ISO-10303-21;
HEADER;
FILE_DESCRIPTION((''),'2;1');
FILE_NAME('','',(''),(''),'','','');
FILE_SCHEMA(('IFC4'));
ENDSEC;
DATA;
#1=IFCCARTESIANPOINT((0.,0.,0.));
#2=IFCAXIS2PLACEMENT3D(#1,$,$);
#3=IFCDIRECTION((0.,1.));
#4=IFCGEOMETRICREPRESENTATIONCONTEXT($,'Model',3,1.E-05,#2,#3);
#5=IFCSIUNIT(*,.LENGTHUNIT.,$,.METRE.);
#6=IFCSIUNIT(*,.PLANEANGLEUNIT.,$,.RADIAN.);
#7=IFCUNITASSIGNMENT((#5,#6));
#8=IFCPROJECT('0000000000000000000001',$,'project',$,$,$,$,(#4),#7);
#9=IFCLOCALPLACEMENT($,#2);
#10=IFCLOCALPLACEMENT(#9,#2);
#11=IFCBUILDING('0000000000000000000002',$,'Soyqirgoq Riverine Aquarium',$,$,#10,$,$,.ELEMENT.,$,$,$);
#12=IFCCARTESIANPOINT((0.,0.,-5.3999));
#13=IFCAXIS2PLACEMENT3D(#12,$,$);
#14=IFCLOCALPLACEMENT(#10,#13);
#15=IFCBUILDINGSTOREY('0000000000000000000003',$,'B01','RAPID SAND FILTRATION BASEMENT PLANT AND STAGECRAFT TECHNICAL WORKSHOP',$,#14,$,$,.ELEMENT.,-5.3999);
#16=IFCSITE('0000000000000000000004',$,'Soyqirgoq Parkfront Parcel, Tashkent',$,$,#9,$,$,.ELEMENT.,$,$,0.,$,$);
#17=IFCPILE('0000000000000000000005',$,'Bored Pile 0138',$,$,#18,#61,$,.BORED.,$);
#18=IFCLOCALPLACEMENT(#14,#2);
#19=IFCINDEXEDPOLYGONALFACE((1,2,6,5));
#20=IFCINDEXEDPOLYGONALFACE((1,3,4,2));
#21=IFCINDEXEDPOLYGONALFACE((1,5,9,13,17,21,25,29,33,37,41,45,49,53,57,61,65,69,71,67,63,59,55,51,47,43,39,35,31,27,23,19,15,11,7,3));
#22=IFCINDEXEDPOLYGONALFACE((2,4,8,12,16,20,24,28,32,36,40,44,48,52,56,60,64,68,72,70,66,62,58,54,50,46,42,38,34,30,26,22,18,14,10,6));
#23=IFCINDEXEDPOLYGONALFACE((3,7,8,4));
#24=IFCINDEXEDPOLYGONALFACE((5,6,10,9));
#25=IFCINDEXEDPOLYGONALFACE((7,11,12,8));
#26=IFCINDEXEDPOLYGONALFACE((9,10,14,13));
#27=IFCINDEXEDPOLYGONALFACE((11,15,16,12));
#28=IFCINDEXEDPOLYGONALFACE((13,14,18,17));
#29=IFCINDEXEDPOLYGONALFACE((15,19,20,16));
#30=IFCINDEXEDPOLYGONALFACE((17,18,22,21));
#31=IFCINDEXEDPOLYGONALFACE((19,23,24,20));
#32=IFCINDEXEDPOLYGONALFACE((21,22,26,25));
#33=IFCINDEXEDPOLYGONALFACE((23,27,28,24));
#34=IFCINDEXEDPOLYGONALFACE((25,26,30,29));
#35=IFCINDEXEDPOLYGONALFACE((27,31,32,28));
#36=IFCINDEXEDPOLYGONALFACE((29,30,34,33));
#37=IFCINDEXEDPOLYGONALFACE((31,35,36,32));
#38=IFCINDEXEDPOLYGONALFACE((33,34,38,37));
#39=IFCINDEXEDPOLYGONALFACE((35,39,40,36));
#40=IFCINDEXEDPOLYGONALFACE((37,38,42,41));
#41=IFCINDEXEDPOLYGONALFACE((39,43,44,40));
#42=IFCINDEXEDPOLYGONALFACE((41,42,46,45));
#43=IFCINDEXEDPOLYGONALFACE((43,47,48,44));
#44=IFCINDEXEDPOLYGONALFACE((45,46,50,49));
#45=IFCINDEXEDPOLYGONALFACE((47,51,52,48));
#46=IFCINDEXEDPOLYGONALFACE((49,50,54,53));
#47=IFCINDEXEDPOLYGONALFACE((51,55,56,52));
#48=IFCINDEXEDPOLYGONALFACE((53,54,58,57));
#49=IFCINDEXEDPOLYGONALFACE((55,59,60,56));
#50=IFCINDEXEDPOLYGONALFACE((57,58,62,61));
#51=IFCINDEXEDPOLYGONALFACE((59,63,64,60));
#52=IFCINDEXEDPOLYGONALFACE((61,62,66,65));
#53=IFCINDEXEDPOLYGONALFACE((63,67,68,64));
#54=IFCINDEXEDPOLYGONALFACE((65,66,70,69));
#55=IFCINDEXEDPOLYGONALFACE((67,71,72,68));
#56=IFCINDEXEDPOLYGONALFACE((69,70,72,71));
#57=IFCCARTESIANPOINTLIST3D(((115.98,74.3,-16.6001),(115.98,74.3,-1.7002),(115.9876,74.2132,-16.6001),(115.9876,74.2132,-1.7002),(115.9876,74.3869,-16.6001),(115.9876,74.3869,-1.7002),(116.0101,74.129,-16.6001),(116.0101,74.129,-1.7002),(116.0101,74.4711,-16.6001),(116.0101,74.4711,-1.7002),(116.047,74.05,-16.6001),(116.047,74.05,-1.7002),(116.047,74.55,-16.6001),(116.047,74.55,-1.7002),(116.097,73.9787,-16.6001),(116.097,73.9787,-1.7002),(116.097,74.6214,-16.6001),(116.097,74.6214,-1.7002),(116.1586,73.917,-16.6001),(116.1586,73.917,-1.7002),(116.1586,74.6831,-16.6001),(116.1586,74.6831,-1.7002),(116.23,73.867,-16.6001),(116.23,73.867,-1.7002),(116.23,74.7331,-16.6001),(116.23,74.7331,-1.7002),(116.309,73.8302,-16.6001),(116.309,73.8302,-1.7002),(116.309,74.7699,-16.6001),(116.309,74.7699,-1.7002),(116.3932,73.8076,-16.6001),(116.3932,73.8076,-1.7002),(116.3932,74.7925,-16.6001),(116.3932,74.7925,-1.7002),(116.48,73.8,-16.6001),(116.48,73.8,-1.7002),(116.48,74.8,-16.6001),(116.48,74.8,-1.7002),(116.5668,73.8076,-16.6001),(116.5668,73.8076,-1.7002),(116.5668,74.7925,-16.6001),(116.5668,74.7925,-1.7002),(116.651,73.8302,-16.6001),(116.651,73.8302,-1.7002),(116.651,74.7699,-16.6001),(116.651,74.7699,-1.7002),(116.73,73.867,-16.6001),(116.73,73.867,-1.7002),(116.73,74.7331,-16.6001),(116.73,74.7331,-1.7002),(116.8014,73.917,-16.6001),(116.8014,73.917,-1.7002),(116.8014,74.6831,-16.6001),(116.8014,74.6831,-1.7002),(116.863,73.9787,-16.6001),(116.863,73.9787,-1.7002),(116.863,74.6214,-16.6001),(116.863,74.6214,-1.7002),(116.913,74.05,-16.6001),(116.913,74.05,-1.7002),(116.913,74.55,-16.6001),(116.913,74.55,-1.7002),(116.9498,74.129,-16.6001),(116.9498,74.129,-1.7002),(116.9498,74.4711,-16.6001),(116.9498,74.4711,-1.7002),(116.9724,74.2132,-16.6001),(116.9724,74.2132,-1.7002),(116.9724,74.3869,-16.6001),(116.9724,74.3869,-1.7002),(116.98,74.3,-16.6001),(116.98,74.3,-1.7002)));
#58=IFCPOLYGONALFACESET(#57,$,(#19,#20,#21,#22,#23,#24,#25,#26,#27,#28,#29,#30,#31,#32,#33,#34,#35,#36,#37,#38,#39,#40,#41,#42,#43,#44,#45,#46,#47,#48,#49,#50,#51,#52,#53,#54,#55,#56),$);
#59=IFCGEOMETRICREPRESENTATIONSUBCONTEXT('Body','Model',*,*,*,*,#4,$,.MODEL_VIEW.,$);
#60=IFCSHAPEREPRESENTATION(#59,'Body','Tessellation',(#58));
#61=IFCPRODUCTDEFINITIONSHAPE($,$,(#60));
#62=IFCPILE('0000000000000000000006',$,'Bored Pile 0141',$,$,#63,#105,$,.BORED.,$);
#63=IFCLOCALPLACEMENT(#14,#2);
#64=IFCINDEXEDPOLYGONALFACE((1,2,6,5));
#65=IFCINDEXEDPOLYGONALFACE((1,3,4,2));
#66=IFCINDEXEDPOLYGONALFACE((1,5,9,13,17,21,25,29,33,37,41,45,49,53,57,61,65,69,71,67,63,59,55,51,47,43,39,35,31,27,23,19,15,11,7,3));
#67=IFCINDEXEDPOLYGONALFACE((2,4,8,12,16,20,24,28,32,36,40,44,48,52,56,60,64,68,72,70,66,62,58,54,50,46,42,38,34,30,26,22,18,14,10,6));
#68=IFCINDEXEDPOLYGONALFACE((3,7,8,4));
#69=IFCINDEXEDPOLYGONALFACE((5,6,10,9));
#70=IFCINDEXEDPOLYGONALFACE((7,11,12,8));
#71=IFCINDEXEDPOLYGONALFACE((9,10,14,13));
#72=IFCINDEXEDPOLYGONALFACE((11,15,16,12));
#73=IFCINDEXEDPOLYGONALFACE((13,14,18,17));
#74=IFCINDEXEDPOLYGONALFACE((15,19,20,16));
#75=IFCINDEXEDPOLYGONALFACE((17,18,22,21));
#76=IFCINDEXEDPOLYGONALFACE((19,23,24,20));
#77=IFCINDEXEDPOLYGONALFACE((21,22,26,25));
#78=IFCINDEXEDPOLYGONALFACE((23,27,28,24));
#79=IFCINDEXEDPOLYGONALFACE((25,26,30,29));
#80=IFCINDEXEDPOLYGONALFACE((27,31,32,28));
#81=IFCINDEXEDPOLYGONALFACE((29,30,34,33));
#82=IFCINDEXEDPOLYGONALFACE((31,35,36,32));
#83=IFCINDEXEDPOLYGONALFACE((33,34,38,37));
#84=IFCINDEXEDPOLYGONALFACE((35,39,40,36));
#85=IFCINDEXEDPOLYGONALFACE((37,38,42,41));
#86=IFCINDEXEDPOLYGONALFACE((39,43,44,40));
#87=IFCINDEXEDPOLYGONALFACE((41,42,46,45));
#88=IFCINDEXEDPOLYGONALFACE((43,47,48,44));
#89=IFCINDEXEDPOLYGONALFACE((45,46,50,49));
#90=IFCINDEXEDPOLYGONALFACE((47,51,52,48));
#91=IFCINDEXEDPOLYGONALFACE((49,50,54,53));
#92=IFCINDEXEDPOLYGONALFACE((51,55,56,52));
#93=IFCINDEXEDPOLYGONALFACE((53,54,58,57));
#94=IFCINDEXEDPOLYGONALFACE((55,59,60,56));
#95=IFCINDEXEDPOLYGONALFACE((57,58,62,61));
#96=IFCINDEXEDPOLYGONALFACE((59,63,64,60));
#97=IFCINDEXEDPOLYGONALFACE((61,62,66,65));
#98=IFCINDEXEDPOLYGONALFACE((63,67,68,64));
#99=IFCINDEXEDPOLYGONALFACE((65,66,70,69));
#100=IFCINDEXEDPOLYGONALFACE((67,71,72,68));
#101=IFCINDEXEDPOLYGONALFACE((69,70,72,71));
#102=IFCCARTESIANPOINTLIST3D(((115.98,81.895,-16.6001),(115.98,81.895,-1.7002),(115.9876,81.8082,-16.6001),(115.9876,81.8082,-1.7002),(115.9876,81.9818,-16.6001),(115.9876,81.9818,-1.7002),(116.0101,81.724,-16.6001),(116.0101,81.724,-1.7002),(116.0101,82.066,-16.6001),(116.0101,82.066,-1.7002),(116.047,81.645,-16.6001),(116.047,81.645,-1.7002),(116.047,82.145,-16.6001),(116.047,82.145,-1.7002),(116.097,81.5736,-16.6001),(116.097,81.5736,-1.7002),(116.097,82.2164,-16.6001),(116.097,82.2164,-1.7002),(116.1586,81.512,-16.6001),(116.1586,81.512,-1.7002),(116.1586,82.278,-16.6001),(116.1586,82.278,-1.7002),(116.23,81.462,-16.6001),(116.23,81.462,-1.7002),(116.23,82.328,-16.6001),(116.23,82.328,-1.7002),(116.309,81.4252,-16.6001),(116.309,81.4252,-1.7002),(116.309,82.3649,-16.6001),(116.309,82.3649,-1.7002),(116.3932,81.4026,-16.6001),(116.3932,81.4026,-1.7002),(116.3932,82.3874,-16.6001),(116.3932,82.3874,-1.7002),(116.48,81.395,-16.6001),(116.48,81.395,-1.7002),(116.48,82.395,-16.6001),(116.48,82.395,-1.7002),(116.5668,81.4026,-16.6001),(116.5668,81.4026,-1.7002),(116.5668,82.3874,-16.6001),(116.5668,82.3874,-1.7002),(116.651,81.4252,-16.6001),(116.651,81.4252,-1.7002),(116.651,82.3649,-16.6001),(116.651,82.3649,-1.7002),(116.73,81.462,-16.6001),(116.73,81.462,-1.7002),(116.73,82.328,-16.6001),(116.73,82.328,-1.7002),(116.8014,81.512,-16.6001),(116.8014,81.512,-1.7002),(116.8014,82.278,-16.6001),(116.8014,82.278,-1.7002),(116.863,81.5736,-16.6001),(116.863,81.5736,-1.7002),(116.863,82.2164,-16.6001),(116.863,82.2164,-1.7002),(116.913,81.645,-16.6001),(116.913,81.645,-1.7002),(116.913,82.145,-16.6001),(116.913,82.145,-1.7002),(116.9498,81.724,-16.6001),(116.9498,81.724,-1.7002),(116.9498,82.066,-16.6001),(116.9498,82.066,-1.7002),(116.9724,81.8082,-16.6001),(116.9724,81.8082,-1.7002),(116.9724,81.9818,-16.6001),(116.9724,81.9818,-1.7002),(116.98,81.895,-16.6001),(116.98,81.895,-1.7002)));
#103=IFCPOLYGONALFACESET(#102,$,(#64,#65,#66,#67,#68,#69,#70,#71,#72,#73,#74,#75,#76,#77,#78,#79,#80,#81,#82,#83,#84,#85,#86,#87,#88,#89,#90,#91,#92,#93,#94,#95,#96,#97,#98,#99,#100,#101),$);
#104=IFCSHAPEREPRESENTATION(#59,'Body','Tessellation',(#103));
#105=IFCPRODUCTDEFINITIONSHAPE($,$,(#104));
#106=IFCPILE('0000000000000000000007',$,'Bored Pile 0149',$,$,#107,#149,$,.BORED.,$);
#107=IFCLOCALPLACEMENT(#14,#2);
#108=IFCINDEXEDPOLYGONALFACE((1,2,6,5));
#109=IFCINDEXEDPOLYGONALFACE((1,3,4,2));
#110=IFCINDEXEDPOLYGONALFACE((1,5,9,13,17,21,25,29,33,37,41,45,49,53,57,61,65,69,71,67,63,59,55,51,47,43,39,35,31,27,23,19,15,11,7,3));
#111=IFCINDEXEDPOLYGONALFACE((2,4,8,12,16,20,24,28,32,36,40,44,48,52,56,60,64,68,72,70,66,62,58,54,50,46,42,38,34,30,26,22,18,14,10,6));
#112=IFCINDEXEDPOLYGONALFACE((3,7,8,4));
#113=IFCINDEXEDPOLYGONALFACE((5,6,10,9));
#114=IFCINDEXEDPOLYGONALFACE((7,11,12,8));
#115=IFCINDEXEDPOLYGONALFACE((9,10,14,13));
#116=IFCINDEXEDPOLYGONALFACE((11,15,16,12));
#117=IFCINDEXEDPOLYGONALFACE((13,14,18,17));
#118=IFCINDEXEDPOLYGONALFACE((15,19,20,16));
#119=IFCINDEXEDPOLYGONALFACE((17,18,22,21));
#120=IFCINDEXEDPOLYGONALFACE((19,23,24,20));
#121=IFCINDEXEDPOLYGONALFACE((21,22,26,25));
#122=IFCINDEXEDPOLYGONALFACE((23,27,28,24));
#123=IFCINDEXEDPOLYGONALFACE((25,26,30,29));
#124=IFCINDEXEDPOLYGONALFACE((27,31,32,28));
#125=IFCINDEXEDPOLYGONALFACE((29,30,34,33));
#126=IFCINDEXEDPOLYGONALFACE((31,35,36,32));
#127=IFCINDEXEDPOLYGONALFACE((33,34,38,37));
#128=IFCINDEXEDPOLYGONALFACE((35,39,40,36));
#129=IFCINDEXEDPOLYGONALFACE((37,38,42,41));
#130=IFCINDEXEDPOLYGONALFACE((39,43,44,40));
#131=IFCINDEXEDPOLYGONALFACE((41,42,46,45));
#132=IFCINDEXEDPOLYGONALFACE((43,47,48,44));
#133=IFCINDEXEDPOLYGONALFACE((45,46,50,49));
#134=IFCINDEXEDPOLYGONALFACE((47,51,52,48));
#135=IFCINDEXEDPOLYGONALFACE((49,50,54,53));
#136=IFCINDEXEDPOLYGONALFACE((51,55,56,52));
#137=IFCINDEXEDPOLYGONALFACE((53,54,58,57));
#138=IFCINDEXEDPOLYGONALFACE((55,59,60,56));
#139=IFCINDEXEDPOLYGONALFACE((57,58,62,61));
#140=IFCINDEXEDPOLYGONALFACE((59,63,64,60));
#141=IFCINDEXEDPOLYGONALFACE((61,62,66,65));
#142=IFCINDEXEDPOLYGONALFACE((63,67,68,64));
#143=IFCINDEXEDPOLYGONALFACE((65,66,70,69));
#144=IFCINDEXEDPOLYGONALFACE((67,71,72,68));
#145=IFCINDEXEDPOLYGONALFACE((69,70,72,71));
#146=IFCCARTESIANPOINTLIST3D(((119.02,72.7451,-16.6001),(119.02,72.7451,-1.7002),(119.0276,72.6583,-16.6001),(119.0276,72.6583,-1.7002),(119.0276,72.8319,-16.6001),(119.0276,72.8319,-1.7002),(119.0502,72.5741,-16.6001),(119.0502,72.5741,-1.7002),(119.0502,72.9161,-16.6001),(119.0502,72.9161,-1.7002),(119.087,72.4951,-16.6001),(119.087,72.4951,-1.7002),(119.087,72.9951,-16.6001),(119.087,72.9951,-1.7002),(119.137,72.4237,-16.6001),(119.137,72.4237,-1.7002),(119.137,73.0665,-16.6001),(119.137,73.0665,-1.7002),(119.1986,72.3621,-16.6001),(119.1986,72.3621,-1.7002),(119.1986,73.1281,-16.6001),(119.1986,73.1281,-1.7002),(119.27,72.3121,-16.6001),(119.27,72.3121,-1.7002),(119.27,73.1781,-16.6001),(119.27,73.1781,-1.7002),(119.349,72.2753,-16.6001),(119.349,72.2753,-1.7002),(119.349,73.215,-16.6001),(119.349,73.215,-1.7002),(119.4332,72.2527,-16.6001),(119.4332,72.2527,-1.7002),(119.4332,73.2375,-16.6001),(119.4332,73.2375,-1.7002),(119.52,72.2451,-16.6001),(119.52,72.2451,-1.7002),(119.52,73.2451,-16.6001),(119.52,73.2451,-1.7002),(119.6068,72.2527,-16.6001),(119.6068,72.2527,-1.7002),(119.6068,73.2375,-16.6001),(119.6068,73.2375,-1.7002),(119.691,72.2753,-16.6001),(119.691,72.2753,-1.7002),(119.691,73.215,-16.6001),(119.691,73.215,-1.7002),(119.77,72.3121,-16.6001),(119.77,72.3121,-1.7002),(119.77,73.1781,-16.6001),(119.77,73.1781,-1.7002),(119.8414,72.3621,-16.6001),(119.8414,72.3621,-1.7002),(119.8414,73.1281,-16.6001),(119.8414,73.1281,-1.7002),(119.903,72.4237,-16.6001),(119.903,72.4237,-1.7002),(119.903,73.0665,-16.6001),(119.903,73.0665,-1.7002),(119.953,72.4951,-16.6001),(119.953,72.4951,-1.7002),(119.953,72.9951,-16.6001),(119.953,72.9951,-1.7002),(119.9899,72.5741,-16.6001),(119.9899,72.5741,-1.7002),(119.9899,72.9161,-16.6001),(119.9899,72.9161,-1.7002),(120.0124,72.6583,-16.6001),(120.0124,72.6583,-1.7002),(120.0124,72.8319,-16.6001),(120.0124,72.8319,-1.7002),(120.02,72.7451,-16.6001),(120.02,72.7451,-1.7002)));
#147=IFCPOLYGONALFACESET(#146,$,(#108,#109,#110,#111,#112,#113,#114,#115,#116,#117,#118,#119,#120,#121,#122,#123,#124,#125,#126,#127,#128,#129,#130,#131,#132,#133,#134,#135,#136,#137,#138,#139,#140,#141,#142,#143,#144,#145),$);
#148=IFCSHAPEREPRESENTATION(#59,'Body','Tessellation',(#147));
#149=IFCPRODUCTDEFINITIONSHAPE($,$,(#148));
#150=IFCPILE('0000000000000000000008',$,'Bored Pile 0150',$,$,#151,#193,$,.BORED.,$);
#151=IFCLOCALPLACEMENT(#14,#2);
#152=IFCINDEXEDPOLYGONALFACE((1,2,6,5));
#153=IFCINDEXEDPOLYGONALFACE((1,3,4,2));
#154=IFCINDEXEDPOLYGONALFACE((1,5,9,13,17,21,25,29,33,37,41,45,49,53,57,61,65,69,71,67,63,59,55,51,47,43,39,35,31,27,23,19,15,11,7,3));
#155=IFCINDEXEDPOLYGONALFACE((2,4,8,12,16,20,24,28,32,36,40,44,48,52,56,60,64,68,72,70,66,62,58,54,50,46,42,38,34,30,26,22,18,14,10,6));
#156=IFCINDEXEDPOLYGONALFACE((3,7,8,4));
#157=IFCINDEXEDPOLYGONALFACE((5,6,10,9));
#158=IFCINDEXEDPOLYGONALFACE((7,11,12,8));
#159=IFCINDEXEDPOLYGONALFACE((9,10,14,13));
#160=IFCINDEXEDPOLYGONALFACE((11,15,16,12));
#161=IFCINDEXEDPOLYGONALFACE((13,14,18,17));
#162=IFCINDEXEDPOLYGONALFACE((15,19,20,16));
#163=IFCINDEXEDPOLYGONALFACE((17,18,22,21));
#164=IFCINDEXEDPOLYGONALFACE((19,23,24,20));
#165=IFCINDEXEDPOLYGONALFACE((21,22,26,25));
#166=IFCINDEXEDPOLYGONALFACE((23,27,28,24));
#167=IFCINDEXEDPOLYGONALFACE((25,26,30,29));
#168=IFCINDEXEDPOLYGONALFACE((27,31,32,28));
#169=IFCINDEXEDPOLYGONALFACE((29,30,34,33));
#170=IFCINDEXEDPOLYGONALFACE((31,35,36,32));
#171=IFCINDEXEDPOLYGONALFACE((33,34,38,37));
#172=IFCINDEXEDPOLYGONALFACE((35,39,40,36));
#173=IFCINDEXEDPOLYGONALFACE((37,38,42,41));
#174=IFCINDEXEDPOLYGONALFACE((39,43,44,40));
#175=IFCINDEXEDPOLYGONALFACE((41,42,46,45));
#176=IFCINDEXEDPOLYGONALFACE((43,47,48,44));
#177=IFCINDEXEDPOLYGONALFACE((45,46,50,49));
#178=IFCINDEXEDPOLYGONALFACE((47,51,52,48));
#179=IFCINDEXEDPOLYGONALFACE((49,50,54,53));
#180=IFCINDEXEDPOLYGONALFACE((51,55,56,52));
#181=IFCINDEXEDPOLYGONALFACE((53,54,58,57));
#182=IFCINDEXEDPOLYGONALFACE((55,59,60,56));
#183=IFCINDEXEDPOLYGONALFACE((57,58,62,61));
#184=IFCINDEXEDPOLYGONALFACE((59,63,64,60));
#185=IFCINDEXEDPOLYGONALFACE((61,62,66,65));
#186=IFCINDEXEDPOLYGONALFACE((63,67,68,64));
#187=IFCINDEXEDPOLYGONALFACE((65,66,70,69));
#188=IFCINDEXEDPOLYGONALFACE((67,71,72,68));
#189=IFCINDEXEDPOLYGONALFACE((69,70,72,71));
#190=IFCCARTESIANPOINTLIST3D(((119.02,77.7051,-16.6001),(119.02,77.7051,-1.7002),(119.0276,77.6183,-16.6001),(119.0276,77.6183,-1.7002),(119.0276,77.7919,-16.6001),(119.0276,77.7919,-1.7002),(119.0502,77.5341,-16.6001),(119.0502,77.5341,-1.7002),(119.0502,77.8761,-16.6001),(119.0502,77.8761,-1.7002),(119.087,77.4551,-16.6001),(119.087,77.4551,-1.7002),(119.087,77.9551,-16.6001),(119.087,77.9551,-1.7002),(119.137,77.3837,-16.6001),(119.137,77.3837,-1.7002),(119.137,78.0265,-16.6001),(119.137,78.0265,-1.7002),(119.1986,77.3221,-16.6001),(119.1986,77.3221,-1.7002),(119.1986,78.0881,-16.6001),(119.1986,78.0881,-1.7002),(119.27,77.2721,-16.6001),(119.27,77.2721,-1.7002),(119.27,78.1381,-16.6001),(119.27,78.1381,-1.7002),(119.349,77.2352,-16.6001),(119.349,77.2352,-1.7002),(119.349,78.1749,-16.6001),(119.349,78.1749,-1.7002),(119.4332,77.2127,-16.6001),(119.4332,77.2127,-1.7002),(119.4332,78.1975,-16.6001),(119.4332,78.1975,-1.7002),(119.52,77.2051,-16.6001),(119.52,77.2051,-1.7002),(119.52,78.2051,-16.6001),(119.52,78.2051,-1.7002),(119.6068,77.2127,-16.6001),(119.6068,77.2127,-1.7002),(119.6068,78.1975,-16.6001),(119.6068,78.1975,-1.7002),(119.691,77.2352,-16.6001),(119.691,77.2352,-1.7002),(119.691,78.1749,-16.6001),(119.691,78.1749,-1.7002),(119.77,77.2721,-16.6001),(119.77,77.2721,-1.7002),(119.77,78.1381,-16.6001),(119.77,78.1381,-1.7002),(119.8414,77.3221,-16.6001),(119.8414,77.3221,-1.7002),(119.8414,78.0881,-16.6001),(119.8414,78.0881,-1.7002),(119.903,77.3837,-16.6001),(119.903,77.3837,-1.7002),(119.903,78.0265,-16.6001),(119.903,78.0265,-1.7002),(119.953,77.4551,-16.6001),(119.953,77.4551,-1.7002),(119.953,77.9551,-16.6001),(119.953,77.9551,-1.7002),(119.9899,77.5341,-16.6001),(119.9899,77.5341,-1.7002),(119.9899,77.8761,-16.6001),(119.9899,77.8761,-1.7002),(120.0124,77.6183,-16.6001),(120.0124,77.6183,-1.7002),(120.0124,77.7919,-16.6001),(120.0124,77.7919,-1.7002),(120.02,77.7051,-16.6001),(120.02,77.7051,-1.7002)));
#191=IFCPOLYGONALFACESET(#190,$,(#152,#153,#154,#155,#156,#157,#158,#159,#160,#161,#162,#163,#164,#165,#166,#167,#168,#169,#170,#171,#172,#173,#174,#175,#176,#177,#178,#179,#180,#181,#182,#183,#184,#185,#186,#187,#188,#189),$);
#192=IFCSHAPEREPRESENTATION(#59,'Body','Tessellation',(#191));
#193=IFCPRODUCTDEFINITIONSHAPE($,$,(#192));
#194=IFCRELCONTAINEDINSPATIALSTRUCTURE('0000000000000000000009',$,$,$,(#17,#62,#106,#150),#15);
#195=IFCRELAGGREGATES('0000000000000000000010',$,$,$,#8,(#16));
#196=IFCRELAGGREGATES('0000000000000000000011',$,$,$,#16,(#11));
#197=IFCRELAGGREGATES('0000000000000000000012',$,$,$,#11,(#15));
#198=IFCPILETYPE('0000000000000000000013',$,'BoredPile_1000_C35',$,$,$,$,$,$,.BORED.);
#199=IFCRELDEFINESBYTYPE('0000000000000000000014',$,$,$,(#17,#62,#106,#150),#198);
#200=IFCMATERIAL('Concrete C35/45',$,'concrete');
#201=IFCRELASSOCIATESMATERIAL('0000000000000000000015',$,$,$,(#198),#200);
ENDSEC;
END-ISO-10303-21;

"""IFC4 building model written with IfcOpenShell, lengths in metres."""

from ifc_helpers import new_model, si_unit, direction, frame, origin, origin_2d, place, context, subcontext, project, spatial, circle, extrude, material, material_profile, profile_set, type_object, element, save


model = new_model("IFC4")

# Units and contexts
model_context = context("Model", 3, precision=1e-05, world=origin(), true_north=direction((0.0, 1.0)))
body_context = subcontext(model_context, "Body", "Model", "MODEL_VIEW")
ifc_project = project(units=[si_unit("LENGTHUNIT", "METRE"), si_unit("PLANEANGLEUNIT", "RADIAN")], contexts=[model_context])

# Site, building, storey
site_placement = place(None, origin())
site = spatial("IfcSite", under=ifc_project, at=site_placement, Name="Soyqirgoq Parkfront Parcel, Tashkent", CompositionType="ELEMENT", RefElevation=0.0)
building_placement = place(site_placement, origin())
building = spatial("IfcBuilding", under=site, at=building_placement, Name="Soyqirgoq Riverine Aquarium", CompositionType="ELEMENT")
storey_placement = place(building_placement, frame((0.0, 0.0, -5.3999)))
storey = spatial("IfcBuildingStorey", under=building, at=storey_placement, Name="B01", Description="RAPID SAND FILTRATION BASEMENT PLANT AND STAGECRAFT TECHNICAL WORKSHOP", CompositionType="ELEMENT", Elevation=-5.3999)

# Piles
ifc_material_1 = material(Name="Concrete C35/45", Category="concrete")
ifc_material_profile_1 = material_profile(ifc_material_1, circle(Radius=0.5, at=origin_2d()), Name="BP D1000")
ifc_profile_set_1 = profile_set([ifc_material_profile_1], Name="Concrete C35/45")
pile_type_1 = type_object("IfcPileType", Name="BoredPile_1000_C35", PredefinedType="BORED", material=ifc_profile_set_1)
for number, where, z_axis, x_axis, name in (
    (1, (116.48, 74.3, -1.7002), (0.0, 0.0, -1.0), (1.0, 0.0, 0.0), "Bored Pile 0138"),
    (2, (116.48, 81.895, -1.7002), (0.0, 0.0, -1.0), (1.0, 0.0, 0.0), "Bored Pile 0141"),
    (3, (119.52, 72.7451, -1.7002), (0.0, 0.0, -1.0), (1.0, 0.0, 0.0), "Bored Pile 0149"),
    (4, (119.52, 77.7051, -1.7002), (0.0, 0.0, -1.0), (1.0, 0.0, 0.0), "Bored Pile 0150"),
):
    element("IfcPile", number, at=place(storey_placement, frame(where, z_axis=z_axis, x_axis=x_axis)), inside=storey, type_object=pile_type_1, Name=name, PredefinedType="BORED", context=body_context, shape_type="SweptSolid", body=[
        extrude(circle(Radius=0.5, at=origin_2d()), origin(), (0.0, 0.0, 1.0), 14.8999),
    ])

save(model, "model.ifc")
